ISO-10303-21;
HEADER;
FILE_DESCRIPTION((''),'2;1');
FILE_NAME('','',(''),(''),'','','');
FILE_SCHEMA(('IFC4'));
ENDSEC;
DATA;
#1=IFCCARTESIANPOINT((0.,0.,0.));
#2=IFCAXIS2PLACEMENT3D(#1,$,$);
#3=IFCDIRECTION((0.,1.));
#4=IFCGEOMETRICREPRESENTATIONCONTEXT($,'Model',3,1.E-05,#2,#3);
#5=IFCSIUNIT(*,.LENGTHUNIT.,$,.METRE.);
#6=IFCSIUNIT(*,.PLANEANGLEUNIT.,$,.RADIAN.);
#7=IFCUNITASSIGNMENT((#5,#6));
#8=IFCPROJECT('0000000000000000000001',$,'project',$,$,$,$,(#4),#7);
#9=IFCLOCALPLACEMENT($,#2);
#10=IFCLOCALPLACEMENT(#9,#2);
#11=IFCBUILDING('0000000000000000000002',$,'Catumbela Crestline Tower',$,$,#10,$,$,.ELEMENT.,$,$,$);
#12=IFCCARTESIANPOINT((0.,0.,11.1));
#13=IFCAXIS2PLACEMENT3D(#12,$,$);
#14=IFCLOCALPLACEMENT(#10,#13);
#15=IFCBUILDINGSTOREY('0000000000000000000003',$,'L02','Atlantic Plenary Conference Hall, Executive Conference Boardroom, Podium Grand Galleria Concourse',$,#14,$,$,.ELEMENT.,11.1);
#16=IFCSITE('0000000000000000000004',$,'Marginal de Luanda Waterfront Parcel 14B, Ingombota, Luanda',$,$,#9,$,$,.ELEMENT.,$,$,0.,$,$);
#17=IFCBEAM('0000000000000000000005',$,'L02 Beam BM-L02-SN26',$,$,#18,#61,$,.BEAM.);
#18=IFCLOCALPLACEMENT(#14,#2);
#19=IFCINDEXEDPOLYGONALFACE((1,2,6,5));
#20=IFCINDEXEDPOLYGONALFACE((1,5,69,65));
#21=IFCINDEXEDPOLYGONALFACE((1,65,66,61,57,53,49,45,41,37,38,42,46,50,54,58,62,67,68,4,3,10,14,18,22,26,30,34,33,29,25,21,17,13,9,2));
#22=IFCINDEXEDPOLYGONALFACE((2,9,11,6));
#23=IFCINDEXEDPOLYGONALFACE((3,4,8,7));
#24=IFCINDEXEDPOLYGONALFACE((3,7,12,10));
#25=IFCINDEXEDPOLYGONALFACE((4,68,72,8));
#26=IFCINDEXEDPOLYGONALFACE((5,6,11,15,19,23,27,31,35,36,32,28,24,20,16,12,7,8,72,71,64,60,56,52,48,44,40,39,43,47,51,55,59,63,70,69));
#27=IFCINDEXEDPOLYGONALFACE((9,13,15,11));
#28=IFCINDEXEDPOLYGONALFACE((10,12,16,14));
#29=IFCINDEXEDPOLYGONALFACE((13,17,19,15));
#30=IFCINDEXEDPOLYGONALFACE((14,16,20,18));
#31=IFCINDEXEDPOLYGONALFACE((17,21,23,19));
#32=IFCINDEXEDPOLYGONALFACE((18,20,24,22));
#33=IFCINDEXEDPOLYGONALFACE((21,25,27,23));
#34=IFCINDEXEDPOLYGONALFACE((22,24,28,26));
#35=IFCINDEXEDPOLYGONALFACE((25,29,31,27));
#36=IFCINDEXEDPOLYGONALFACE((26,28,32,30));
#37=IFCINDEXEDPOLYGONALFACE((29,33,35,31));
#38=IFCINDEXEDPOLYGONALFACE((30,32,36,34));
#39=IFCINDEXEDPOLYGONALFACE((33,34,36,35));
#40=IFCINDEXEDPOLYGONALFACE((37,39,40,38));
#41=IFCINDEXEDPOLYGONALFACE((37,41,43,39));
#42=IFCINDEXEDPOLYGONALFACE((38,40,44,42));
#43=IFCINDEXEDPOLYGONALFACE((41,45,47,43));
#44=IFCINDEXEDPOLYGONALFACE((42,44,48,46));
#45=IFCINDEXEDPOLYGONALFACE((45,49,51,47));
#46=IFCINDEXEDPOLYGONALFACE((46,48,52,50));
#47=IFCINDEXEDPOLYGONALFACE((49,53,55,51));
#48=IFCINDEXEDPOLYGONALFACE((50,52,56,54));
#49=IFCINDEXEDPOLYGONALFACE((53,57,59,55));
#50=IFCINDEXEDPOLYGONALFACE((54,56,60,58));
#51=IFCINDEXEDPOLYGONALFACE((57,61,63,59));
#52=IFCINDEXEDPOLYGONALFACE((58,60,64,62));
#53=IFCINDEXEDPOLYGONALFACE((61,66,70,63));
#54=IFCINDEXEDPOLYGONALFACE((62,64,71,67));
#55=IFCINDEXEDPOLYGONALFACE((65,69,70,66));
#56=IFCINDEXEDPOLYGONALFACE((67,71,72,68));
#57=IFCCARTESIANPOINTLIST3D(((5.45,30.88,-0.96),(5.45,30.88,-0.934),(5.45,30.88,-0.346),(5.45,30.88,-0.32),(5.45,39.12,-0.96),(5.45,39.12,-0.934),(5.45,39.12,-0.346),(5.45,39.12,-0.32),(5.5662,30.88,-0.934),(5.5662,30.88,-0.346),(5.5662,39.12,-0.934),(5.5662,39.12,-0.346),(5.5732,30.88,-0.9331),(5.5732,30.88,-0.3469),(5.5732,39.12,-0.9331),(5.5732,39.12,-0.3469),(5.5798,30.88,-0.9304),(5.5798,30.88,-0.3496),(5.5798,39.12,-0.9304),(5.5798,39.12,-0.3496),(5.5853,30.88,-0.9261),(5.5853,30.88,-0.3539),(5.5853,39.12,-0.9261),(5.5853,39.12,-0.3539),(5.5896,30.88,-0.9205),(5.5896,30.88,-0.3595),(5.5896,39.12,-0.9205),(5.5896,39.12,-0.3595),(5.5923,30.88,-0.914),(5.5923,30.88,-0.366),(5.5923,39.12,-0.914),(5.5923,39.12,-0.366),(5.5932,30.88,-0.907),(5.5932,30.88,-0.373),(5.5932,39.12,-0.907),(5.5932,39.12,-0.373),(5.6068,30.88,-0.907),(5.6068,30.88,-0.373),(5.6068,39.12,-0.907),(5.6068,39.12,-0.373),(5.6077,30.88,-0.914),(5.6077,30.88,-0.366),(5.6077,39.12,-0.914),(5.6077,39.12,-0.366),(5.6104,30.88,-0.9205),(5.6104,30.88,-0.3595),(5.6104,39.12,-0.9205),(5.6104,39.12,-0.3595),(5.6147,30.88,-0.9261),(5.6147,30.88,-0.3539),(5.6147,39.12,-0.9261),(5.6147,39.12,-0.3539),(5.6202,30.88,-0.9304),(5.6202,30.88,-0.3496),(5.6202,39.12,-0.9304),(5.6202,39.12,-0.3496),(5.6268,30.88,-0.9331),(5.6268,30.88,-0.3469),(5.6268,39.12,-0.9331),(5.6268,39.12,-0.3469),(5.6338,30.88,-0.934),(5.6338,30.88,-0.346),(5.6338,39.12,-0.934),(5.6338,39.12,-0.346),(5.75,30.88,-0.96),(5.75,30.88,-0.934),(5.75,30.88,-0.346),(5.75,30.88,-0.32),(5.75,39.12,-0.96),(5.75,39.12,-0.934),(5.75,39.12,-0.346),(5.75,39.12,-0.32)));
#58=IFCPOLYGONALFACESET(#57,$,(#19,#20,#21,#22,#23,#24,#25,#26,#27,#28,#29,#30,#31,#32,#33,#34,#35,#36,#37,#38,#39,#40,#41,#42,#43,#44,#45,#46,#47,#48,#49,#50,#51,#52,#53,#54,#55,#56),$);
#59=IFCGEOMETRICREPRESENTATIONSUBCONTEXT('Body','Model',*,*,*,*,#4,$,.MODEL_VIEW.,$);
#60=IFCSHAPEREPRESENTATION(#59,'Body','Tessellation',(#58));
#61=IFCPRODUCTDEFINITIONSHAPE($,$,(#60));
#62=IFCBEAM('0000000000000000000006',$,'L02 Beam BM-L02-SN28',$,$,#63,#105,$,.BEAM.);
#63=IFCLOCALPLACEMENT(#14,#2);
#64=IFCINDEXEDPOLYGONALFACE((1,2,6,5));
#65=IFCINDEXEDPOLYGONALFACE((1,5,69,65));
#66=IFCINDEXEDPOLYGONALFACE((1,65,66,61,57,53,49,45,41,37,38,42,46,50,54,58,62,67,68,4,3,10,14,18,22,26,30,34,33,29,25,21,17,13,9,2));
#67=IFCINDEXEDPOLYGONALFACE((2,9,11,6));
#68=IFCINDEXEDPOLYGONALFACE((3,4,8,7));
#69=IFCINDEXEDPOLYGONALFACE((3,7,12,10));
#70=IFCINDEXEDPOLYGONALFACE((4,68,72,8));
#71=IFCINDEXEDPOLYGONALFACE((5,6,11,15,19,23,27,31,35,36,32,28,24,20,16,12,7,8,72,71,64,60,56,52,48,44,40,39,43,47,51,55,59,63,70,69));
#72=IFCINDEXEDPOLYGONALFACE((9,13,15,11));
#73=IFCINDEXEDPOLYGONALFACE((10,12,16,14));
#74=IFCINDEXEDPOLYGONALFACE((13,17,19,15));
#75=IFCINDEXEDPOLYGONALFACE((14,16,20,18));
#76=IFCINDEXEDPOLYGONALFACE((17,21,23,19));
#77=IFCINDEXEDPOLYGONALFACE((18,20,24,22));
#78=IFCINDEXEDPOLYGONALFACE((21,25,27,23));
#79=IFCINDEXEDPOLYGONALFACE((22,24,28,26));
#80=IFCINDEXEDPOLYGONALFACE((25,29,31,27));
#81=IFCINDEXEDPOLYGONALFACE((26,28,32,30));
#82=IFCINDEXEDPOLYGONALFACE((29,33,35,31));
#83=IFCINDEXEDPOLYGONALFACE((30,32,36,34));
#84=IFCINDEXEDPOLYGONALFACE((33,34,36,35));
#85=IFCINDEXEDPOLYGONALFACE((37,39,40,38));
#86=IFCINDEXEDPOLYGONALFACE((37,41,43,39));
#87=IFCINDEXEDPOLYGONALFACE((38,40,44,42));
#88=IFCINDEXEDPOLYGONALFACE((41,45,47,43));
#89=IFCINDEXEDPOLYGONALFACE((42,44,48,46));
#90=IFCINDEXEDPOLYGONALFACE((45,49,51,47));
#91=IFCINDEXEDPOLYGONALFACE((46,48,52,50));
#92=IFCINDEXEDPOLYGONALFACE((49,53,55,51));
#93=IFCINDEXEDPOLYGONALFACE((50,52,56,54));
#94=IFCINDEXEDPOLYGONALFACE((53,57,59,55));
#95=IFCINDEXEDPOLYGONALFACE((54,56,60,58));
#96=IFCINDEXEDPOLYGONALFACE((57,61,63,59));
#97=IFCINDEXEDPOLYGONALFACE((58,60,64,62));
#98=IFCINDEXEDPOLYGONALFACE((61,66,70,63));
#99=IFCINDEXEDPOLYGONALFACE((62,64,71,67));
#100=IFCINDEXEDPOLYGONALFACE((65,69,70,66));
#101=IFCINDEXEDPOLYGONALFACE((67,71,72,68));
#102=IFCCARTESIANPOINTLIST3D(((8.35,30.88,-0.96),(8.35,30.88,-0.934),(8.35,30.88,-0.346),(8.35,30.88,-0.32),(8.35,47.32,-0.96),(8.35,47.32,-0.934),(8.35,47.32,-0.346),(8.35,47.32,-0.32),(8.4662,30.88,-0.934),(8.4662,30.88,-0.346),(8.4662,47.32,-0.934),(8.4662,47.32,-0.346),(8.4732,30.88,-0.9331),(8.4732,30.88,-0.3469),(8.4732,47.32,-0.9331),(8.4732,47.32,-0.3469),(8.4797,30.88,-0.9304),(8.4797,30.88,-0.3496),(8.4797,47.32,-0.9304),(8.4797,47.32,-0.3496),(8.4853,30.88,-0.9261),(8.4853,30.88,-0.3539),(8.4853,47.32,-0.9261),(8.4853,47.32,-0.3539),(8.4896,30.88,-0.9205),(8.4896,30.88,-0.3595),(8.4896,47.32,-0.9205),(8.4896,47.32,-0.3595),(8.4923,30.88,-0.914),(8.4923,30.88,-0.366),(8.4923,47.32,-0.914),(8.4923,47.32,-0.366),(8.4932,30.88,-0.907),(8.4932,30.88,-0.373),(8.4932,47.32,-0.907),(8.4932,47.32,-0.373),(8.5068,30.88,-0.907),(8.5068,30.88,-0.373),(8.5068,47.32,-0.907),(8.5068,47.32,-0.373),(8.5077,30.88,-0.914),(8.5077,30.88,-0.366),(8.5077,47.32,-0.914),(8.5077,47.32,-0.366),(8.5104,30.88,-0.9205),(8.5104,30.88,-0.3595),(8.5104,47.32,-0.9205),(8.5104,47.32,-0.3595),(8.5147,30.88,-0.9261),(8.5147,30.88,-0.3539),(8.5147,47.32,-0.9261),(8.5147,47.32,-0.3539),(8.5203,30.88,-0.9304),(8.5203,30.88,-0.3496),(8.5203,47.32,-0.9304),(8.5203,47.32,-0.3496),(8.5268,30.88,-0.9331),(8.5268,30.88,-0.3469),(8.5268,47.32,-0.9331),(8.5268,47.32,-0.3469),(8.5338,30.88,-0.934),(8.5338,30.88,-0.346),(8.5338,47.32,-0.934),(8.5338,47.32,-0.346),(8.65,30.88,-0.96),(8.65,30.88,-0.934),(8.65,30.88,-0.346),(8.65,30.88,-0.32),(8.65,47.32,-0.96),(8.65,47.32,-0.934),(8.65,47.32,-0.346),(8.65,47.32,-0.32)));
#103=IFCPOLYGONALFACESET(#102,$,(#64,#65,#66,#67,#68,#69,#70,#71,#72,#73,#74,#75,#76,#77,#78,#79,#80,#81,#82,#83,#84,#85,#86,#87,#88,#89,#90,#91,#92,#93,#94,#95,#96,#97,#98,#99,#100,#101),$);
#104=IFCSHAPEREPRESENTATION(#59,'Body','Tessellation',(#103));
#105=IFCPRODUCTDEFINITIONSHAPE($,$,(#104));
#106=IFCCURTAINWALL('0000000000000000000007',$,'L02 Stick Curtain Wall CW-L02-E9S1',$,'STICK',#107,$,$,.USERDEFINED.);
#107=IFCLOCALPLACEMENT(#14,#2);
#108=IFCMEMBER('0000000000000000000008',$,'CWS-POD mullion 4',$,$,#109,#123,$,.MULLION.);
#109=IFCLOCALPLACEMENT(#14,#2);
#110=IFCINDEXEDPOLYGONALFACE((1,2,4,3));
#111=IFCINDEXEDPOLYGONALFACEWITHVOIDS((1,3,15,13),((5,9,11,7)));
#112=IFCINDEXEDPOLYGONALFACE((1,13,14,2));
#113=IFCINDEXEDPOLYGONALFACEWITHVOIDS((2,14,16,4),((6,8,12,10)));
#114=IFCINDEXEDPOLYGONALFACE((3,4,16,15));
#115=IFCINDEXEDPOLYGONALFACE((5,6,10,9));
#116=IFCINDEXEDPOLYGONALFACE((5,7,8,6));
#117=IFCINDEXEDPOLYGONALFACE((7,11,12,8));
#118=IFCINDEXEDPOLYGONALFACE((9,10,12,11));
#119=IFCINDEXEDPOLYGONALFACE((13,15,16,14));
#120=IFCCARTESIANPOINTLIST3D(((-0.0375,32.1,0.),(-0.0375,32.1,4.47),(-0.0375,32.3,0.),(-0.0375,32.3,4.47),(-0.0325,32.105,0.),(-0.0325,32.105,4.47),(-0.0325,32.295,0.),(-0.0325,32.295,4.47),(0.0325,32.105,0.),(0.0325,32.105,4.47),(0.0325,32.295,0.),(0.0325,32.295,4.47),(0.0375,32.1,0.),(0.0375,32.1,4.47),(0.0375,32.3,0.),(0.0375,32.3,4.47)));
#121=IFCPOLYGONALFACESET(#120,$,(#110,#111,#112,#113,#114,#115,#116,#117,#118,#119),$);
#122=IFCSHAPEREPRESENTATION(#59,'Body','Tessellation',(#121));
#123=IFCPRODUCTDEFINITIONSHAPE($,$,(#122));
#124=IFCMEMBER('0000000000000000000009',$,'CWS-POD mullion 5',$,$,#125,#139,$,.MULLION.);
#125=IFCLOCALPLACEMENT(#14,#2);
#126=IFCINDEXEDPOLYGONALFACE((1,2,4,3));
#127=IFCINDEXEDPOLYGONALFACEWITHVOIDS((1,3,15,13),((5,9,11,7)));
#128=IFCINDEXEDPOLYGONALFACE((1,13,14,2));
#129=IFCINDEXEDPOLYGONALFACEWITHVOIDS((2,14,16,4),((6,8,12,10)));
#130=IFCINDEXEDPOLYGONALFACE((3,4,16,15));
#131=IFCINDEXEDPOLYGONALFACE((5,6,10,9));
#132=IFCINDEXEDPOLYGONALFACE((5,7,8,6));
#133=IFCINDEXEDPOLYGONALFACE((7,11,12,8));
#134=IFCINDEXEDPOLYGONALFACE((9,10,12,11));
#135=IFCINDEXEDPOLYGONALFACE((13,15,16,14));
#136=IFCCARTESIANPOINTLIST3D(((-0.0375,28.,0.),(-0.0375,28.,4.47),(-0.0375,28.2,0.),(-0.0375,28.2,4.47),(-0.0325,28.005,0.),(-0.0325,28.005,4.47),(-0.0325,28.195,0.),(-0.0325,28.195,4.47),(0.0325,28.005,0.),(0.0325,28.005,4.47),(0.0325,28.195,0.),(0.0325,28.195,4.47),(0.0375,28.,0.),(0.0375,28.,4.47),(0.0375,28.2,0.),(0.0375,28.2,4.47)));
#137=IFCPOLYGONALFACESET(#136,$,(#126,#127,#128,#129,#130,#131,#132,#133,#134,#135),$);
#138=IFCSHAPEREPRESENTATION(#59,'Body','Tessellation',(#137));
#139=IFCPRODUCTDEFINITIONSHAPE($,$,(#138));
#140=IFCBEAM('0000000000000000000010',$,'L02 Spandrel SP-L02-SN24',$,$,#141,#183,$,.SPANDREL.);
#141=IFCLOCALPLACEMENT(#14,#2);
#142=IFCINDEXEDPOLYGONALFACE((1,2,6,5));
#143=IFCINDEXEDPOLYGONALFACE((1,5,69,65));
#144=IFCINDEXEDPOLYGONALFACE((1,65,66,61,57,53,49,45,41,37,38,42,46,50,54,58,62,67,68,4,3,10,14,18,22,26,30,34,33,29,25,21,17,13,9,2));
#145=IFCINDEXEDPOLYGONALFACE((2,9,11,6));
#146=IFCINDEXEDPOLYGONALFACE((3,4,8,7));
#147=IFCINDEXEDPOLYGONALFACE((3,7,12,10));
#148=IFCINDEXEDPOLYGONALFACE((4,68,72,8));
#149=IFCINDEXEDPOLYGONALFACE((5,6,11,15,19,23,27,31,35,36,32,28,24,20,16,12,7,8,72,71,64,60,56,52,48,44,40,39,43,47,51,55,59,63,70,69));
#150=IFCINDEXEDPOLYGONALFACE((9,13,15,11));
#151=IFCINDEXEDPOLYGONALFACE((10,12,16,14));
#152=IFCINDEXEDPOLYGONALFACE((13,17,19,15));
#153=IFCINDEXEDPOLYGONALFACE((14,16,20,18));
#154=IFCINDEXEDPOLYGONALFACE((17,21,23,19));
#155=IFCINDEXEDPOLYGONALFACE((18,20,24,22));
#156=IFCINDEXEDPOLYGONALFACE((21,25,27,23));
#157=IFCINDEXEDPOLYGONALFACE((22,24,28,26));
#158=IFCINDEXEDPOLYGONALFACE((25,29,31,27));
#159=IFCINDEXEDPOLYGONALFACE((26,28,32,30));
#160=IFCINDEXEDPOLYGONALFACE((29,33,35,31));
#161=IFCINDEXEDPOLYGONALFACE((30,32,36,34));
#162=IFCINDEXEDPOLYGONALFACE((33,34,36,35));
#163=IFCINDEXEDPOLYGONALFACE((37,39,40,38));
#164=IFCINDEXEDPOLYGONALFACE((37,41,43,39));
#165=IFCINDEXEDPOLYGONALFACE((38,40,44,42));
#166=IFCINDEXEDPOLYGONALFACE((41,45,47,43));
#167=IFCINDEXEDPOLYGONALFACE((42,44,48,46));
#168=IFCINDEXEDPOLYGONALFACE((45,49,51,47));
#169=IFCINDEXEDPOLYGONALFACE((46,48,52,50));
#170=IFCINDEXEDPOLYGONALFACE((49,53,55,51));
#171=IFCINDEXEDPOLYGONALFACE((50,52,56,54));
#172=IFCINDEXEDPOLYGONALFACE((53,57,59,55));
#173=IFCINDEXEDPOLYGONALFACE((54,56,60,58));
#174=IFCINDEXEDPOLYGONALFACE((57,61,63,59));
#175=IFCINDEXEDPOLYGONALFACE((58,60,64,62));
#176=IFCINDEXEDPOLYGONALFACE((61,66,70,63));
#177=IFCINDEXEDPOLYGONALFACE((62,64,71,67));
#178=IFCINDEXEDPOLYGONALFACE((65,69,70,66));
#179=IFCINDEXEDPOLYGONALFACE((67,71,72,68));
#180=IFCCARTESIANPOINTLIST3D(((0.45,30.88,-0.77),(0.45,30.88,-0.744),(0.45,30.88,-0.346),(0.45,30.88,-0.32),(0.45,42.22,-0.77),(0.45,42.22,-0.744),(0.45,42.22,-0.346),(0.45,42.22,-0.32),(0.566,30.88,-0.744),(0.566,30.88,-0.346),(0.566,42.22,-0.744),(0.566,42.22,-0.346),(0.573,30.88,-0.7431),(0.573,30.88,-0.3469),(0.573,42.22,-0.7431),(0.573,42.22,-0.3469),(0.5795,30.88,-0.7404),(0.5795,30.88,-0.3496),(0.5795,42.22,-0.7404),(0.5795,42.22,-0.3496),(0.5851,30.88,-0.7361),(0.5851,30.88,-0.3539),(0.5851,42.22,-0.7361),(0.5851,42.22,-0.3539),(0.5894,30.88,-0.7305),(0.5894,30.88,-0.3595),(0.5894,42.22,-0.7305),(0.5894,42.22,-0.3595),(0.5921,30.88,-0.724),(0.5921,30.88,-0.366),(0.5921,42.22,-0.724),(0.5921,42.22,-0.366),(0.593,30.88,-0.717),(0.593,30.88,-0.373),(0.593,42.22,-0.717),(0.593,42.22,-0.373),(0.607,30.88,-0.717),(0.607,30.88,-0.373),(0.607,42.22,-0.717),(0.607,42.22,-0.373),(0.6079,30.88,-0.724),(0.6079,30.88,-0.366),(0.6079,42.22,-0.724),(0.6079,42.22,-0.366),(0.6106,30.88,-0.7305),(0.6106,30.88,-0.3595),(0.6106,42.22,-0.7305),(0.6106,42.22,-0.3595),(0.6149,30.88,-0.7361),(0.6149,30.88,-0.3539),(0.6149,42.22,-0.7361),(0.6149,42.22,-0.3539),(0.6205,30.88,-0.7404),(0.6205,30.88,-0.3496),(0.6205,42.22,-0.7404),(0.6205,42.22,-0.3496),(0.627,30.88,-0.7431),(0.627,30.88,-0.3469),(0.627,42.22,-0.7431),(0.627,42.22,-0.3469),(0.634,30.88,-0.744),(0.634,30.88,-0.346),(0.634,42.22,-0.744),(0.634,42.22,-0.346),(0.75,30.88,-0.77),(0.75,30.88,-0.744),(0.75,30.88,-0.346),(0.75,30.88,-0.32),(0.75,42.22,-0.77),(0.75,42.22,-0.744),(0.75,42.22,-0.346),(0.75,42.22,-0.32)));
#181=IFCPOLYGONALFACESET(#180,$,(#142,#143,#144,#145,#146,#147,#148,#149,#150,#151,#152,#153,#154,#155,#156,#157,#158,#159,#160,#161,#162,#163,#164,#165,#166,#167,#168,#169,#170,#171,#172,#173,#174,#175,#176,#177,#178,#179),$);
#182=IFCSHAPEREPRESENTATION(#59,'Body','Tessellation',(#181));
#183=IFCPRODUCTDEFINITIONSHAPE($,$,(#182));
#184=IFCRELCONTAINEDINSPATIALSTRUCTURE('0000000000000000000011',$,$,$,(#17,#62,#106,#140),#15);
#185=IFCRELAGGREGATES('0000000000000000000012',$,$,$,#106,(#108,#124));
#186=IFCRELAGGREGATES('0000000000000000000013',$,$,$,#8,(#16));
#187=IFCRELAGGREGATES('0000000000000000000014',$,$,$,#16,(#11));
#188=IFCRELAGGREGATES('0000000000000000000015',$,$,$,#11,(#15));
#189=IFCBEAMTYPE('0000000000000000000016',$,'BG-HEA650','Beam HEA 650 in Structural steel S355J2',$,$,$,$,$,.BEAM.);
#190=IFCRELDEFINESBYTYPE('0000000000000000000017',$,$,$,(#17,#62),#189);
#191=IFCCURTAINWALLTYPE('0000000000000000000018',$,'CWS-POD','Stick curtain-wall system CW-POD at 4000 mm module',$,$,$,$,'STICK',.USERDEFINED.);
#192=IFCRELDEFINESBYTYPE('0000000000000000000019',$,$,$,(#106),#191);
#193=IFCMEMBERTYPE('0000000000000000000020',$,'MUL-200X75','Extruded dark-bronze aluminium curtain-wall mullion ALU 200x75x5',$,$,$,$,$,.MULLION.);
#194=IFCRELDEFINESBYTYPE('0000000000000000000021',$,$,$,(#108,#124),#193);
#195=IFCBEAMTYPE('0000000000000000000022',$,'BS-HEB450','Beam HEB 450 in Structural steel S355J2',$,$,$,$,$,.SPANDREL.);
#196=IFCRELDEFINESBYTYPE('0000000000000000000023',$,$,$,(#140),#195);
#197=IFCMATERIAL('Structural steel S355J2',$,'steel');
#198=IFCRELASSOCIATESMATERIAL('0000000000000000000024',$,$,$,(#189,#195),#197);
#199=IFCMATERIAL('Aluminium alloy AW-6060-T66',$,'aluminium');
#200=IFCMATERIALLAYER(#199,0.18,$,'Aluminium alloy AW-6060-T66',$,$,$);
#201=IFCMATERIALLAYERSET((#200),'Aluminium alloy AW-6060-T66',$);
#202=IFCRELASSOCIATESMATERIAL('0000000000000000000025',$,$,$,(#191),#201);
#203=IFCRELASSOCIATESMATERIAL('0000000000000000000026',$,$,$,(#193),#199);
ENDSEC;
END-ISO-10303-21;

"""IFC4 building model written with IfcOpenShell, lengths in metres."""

from ifc_helpers import new_model, si_unit, direction, frame, origin, origin_2d, place, context, subcontext, project, spatial, hollow_rectangle, i_section, extrude, material, layer, layer_set, material_profile, profile_set, type_object, element, aggregate, save


model = new_model("IFC4")

# Units and contexts
model_context = context("Model", 3, precision=1e-05, world=origin(), true_north=direction((0.0, 1.0)))
body_context = subcontext(model_context, "Body", "Model", "MODEL_VIEW")
ifc_project = project(units=[si_unit("LENGTHUNIT", "METRE"), si_unit("PLANEANGLEUNIT", "RADIAN")], contexts=[model_context])

# Site, building, storey
site_placement = place(None, origin())
site = spatial("IfcSite", under=ifc_project, at=site_placement, Name="Marginal de Luanda Waterfront Parcel 14B, Ingombota, Luanda", CompositionType="ELEMENT", RefElevation=0.0)
building_placement = place(site_placement, origin())
building = spatial("IfcBuilding", under=site, at=building_placement, Name="Catumbela Crestline Tower", CompositionType="ELEMENT")
storey_placement = place(building_placement, frame((0.0, 0.0, 11.1)))
storey = spatial("IfcBuildingStorey", under=building, at=storey_placement, Name="L02", Description="Atlantic Plenary Conference Hall, Executive Conference Boardroom, Podium Grand Galleria Concourse", CompositionType="ELEMENT", Elevation=11.1)

# Beams
ifc_material_1 = material(Name="Structural steel S355J2", Category="steel")
ifc_material_profile_1 = material_profile(ifc_material_1, i_section(OverallWidth=0.3, OverallDepth=0.64, WebThickness=0.0135, FlangeThickness=0.026, FilletRadius=0.027, at=origin_2d()), Name="HEA 650")
ifc_profile_set_1 = profile_set([ifc_material_profile_1], Name="Structural steel S355J2")
beam_type_1 = type_object("IfcBeamType", Name="BG-HEA650", Description="Beam HEA 650 in Structural steel S355J2", PredefinedType="BEAM", material=ifc_profile_set_1)
beam_1_placement = place(storey_placement, frame((5.6, 30.88, -0.64), z_axis=(0.0, 1.0, 0.0), x_axis=(-1.0, 0.0, 0.0)))
element("IfcBeam", 1, at=beam_1_placement, inside=storey, type_object=beam_type_1, Name="L02 Beam BM-L02-SN26", PredefinedType="BEAM", context=body_context, shape_type="SweptSolid", body=[
    extrude(i_section(OverallWidth=0.3, OverallDepth=0.64, WebThickness=0.0135, FlangeThickness=0.026, FilletRadius=0.027, at=origin_2d()), origin(), (0.0, 0.0, 1.0), 8.24),
])
beam_2_placement = place(storey_placement, frame((8.5, 30.88, -0.64), z_axis=(0.0, 1.0, 0.0), x_axis=(-1.0, 0.0, 0.0)))
element("IfcBeam", 2, at=beam_2_placement, inside=storey, type_object=beam_type_1, Name="L02 Beam BM-L02-SN28", PredefinedType="BEAM", context=body_context, shape_type="SweptSolid", body=[
    extrude(i_section(OverallWidth=0.3, OverallDepth=0.64, WebThickness=0.0135, FlangeThickness=0.026, FilletRadius=0.027, at=origin_2d()), origin(), (0.0, 0.0, 1.0), 16.44),
])

# Curtain wall, members
ifc_material_2 = material(Name="Aluminium alloy AW-6060-T66", Category="aluminium")
ifc_layer_1 = layer(ifc_material_2, 0.18, Name="Aluminium alloy AW-6060-T66")
ifc_layer_set_1 = layer_set([ifc_layer_1], Name="Aluminium alloy AW-6060-T66")
curtain_wall_type = type_object("IfcCurtainWallType", Name="CWS-POD", Description="Stick curtain-wall system CW-POD at 4000 mm module", ElementType="STICK", PredefinedType="USERDEFINED", material=ifc_layer_set_1)
curtain_wall_placement = place(storey_placement, origin())
curtain_wall = element("IfcCurtainWall", 3, at=curtain_wall_placement, inside=storey, type_object=curtain_wall_type, Name="L02 Stick Curtain Wall CW-L02-E9S1", ObjectType="STICK", PredefinedType="USERDEFINED")
ifc_material_profile_2 = material_profile(ifc_material_2, hollow_rectangle(XDim=0.075, YDim=0.2, WallThickness=0.005, at=origin_2d()), Name="ALU 200x75x5")
ifc_profile_set_2 = profile_set([ifc_material_profile_2], Name="Aluminium alloy AW-6060-T66")
member_type_1 = type_object("IfcMemberType", Name="MUL-200X75", Description="Extruded dark-bronze aluminium curtain-wall mullion ALU 200x75x5", PredefinedType="MULLION", material=ifc_profile_set_2)
member_1_placement = place(storey_placement, frame((0.0, 32.2, 0.0), z_axis=(0.0, 0.0, 1.0), x_axis=(1.0, 0.0, 0.0)))
member_1 = element("IfcMember", 4, at=member_1_placement, type_object=member_type_1, Name="CWS-POD mullion 4", PredefinedType="MULLION", context=body_context, shape_type="SweptSolid", body=[
    extrude(hollow_rectangle(XDim=0.075, YDim=0.2, WallThickness=0.005, at=origin_2d()), origin(), (0.0, 0.0, 1.0), 4.47),
])
member_2_placement = place(storey_placement, frame((0.0, 28.1, 0.0), z_axis=(0.0, 0.0, 1.0), x_axis=(1.0, 0.0, 0.0)))
member_2 = element("IfcMember", 5, at=member_2_placement, type_object=member_type_1, Name="CWS-POD mullion 5", PredefinedType="MULLION", context=body_context, shape_type="SweptSolid", body=[
    extrude(hollow_rectangle(XDim=0.075, YDim=0.2, WallThickness=0.005, at=origin_2d()), origin(), (0.0, 0.0, 1.0), 4.47),
])

# Beam
ifc_material_profile_3 = material_profile(ifc_material_1, i_section(OverallWidth=0.3, OverallDepth=0.45, WebThickness=0.014, FlangeThickness=0.026, FilletRadius=0.027, at=origin_2d()), Name="HEB 450")
ifc_profile_set_3 = profile_set([ifc_material_profile_3], Name="Structural steel S355J2")
beam_type_2 = type_object("IfcBeamType", Name="BS-HEB450", Description="Beam HEB 450 in Structural steel S355J2", PredefinedType="SPANDREL", material=ifc_profile_set_3)
beam_3_placement = place(storey_placement, frame((0.6, 30.88, -0.545), z_axis=(0.0, 1.0, 0.0), x_axis=(-1.0, 0.0, 0.0)))
element("IfcBeam", 6, at=beam_3_placement, inside=storey, type_object=beam_type_2, Name="L02 Spandrel SP-L02-SN24", PredefinedType="SPANDREL", context=body_context, shape_type="SweptSolid", body=[
    extrude(i_section(OverallWidth=0.3, OverallDepth=0.45, WebThickness=0.014, FlangeThickness=0.026, FilletRadius=0.027, at=origin_2d()), origin(), (0.0, 0.0, 1.0), 11.34),
])

aggregate(curtain_wall, [member_1, member_2])

save(model, "model.ifc")
